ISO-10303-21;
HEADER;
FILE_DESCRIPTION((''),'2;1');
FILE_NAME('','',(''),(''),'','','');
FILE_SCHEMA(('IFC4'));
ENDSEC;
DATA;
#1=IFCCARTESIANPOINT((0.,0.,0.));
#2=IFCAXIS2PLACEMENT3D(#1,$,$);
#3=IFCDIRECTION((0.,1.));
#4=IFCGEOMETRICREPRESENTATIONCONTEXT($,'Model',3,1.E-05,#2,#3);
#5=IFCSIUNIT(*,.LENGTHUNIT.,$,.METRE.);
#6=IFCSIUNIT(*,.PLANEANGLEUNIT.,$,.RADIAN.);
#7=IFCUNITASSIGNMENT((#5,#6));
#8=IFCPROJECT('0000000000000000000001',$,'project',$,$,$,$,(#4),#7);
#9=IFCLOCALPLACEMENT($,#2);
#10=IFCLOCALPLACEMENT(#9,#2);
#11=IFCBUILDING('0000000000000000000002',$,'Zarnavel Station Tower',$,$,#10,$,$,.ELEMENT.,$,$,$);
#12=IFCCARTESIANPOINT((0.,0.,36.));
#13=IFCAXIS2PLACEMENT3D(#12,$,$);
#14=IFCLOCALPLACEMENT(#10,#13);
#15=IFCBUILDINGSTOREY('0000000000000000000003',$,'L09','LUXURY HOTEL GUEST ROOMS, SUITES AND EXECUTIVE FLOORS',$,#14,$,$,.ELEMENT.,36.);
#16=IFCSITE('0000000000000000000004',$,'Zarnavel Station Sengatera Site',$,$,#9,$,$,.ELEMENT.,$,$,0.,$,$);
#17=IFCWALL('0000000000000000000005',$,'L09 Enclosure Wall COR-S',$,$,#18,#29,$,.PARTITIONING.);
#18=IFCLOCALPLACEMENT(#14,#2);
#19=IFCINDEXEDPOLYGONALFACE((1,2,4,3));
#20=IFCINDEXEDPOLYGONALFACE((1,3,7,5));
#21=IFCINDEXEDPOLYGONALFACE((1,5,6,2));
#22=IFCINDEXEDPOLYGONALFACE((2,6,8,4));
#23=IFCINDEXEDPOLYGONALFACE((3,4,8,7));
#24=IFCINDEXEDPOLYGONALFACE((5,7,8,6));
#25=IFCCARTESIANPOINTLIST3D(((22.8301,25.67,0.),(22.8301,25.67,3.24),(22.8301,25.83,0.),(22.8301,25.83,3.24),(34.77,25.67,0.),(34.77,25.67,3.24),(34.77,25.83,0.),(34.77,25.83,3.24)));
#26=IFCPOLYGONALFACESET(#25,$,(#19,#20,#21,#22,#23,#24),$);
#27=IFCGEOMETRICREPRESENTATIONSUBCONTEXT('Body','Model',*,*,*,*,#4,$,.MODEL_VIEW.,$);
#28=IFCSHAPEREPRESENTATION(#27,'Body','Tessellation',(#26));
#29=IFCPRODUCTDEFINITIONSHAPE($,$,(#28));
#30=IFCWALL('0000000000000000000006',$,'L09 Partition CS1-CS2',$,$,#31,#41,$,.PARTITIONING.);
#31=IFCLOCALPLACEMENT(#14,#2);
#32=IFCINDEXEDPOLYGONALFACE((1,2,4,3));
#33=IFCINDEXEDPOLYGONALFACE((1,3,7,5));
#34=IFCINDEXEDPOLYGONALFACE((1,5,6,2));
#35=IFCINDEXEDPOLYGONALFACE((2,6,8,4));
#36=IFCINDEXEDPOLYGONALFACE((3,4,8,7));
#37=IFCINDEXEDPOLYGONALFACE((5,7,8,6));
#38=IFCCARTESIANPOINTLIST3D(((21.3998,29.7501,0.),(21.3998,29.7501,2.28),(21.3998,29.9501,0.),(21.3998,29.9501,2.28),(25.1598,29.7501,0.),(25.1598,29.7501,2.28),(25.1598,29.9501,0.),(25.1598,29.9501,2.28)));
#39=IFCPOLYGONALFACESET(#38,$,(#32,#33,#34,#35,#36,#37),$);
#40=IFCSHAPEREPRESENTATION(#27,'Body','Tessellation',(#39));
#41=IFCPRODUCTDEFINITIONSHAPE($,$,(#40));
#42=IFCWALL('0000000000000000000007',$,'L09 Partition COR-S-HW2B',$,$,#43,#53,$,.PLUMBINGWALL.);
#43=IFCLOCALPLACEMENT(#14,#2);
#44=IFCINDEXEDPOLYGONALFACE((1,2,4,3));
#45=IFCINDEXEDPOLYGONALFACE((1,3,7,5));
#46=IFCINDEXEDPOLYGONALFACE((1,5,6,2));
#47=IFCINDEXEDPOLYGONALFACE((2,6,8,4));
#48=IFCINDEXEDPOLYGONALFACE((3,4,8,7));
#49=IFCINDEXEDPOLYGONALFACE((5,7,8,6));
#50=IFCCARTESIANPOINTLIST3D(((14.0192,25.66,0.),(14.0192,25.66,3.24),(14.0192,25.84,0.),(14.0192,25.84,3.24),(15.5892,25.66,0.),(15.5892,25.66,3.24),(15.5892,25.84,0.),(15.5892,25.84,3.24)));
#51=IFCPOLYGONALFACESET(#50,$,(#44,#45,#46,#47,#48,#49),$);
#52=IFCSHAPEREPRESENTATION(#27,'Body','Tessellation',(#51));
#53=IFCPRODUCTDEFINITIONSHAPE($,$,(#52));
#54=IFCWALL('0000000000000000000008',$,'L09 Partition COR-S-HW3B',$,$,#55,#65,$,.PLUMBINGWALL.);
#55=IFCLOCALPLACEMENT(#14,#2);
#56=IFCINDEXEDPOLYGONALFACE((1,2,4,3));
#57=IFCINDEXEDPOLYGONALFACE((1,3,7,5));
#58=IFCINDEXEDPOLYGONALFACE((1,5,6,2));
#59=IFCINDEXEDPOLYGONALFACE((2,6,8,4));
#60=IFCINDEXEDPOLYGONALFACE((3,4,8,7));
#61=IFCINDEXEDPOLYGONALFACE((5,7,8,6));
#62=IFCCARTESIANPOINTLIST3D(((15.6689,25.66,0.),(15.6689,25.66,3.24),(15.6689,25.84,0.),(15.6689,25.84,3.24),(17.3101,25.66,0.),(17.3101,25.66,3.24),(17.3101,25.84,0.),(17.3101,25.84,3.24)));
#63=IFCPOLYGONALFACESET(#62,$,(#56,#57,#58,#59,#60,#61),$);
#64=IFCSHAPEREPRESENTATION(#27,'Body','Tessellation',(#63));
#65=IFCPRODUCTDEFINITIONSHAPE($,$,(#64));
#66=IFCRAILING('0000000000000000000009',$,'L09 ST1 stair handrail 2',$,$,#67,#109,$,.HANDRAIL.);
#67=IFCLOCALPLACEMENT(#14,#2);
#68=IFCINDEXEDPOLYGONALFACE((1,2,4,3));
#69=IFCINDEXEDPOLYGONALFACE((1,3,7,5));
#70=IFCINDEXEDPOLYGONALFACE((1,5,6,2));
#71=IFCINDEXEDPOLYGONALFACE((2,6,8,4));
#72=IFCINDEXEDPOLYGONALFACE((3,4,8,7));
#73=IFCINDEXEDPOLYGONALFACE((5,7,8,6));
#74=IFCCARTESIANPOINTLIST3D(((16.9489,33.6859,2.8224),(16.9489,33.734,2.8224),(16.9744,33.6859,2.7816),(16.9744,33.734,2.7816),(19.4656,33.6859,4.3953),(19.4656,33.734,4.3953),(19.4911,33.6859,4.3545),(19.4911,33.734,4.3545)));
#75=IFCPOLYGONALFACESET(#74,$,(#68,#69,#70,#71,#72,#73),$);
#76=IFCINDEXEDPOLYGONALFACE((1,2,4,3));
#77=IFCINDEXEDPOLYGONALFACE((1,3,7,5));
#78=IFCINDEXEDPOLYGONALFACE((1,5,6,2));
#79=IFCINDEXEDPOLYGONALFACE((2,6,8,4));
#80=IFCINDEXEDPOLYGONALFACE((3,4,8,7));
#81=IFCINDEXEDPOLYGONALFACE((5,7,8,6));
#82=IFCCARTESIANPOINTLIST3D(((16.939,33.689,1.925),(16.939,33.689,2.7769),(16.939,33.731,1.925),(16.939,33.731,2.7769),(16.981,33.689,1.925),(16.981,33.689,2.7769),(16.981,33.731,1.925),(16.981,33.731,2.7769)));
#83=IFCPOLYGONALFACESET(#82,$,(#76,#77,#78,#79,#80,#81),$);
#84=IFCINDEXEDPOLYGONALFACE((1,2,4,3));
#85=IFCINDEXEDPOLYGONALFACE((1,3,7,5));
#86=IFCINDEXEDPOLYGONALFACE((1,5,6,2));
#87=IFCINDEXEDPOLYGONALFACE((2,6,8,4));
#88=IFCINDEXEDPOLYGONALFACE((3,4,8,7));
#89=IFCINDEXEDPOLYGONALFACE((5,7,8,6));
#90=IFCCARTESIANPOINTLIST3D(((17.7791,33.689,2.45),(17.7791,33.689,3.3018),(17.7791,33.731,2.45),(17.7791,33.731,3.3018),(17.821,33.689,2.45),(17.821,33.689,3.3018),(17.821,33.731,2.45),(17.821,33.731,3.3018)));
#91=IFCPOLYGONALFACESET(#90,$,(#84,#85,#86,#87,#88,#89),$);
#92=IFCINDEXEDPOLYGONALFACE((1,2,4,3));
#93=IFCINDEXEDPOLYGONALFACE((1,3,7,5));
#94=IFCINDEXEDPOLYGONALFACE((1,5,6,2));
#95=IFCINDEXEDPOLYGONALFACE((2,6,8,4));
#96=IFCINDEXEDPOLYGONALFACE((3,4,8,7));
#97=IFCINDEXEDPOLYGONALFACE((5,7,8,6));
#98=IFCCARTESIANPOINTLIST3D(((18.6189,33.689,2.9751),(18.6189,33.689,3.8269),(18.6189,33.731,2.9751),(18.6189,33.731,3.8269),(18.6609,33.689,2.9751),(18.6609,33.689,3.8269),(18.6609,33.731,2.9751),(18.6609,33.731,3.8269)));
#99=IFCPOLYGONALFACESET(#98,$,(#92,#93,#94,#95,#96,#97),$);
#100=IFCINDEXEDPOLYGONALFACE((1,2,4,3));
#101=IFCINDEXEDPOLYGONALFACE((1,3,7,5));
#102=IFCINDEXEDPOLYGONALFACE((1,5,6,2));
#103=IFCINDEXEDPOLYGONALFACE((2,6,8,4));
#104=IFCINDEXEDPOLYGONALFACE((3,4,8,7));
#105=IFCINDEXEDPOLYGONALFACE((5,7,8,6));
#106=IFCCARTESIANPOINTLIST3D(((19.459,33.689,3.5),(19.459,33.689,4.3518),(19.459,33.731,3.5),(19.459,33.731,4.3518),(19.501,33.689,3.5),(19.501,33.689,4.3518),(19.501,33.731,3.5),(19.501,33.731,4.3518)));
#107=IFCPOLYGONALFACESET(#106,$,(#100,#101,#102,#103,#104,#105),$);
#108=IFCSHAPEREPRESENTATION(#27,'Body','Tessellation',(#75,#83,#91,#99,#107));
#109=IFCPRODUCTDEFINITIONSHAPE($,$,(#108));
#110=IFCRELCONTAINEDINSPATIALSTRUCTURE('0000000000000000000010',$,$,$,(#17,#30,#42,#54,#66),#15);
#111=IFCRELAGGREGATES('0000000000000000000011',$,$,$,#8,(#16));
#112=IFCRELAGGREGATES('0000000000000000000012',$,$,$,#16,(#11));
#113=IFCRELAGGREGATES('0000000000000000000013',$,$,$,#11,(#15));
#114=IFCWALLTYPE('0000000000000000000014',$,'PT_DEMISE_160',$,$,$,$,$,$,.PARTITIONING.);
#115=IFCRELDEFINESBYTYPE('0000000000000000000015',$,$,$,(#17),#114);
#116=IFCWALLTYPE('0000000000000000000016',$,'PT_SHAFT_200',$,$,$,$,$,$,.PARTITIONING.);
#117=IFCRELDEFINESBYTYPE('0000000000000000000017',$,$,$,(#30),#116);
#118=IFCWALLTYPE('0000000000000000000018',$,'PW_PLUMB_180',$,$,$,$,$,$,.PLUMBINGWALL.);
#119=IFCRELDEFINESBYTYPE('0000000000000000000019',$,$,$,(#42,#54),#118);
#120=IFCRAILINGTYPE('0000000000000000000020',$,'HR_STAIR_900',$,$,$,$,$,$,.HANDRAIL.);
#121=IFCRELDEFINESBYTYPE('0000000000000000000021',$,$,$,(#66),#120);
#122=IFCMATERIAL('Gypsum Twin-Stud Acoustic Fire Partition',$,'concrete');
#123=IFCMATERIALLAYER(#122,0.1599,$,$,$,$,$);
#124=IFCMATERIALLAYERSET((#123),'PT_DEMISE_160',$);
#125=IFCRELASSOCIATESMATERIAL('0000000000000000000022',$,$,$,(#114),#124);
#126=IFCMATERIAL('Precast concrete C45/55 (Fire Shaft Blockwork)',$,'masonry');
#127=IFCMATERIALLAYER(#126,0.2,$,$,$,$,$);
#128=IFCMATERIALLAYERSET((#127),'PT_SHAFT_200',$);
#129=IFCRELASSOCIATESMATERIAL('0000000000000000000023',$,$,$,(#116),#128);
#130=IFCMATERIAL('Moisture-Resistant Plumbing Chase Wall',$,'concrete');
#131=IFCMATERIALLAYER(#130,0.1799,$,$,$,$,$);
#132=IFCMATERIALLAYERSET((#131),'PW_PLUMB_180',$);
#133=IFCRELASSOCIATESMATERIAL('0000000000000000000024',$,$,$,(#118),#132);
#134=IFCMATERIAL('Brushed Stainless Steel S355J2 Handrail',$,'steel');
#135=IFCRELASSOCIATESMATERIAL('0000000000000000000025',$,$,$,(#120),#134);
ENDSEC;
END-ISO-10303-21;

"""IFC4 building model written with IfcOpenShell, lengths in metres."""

from ifc_helpers import new_model, si_unit, direction, frame, frame_2d, origin, origin_2d, place, context, subcontext, project, spatial, rectangle, extrude, material, layer, layer_set, type_object, element, save


model = new_model("IFC4")

# Units and contexts
model_context = context("Model", 3, precision=1e-05, world=origin(), true_north=direction((0.0, 1.0)))
body_context = subcontext(model_context, "Body", "Model", "MODEL_VIEW")
ifc_project = project(units=[si_unit("LENGTHUNIT", "METRE"), si_unit("PLANEANGLEUNIT", "RADIAN")], contexts=[model_context])

# Site, building, storey
site_placement = place(None, origin())
site = spatial("IfcSite", under=ifc_project, at=site_placement, Name="Zarnavel Station Sengatera Site", CompositionType="ELEMENT", RefElevation=0.0)
building_placement = place(site_placement, origin())
building = spatial("IfcBuilding", under=site, at=building_placement, Name="Zarnavel Station Tower", CompositionType="ELEMENT")
storey_placement = place(building_placement, frame((0.0, 0.0, 36.0)))
storey = spatial("IfcBuildingStorey", under=building, at=storey_placement, Name="L09", Description="LUXURY HOTEL GUEST ROOMS, SUITES AND EXECUTIVE FLOORS", CompositionType="ELEMENT", Elevation=36.0)

# Shared definitions
ifc_material_1 = material(Name="Gypsum Twin-Stud Acoustic Fire Partition", Category="concrete")
ifc_layer_1 = layer(ifc_material_1, 0.1599)
ifc_layer_set_1 = layer_set([ifc_layer_1], Name="PT_DEMISE_160")
wall_type_1 = type_object("IfcWallType", Name="PT_DEMISE_160", PredefinedType="PARTITIONING", material=ifc_layer_set_1)

# Wall
wall_1_placement = place(storey_placement, frame((22.8301, 25.75, 0.0), z_axis=(0.0, 0.0, 1.0), x_axis=(1.0, 0.0, 0.0)))
element("IfcWall", 1, at=wall_1_placement, inside=storey, type_object=wall_type_1, Name="L09 Enclosure Wall COR-S", PredefinedType="PARTITIONING", context=body_context, shape_type="SweptSolid", body=[
    extrude(rectangle(XDim=11.9399, YDim=0.1599, at=frame_2d((5.97, 0.0))), origin(), (0.0, 0.0, 1.0), 3.24),
])

# Shared definitions
ifc_material_2 = material(Name="Precast concrete C45/55 (Fire Shaft Blockwork)", Category="masonry")
ifc_layer_2 = layer(ifc_material_2, 0.2)
ifc_layer_set_2 = layer_set([ifc_layer_2], Name="PT_SHAFT_200")
wall_type_2 = type_object("IfcWallType", Name="PT_SHAFT_200", PredefinedType="PARTITIONING", material=ifc_layer_set_2)

# Walls
wall_2_placement = place(storey_placement, frame((21.3999, 29.8501, 0.0), z_axis=(0.0, 0.0, 1.0), x_axis=(1.0, 0.0, 0.0)))
element("IfcWall", 2, at=wall_2_placement, inside=storey, type_object=wall_type_2, Name="L09 Partition CS1-CS2", PredefinedType="PARTITIONING", context=body_context, shape_type="SweptSolid", body=[
    extrude(rectangle(XDim=3.76, YDim=0.2, at=frame_2d((1.8799, 0.0))), origin(), (0.0, 0.0, 1.0), 2.28),
])
ifc_material_3 = material(Name="Moisture-Resistant Plumbing Chase Wall", Category="concrete")
ifc_layer_3 = layer(ifc_material_3, 0.1799)
ifc_layer_set_3 = layer_set([ifc_layer_3], Name="PW_PLUMB_180")
wall_type_3 = type_object("IfcWallType", Name="PW_PLUMB_180", PredefinedType="PLUMBINGWALL", material=ifc_layer_set_3)
wall_3_placement = place(storey_placement, frame((14.019, 25.75, 0.0), z_axis=(0.0, 0.0, 1.0), x_axis=(1.0, 0.0, 0.0)))
element("IfcWall", 3, at=wall_3_placement, inside=storey, type_object=wall_type_3, Name="L09 Partition COR-S-HW2B", PredefinedType="PLUMBINGWALL", context=body_context, shape_type="SweptSolid", body=[
    extrude(rectangle(XDim=1.5701, YDim=0.1799, at=frame_2d((0.7852, 0.0))), origin(), (0.0, 0.0, 1.0), 3.24),
])
wall_4_placement = place(storey_placement, frame((15.6689, 25.75, 0.0), z_axis=(0.0, 0.0, 1.0), x_axis=(1.0, 0.0, 0.0)))
element("IfcWall", 4, at=wall_4_placement, inside=storey, type_object=wall_type_3, Name="L09 Partition COR-S-HW3B", PredefinedType="PLUMBINGWALL", context=body_context, shape_type="SweptSolid", body=[
    extrude(rectangle(XDim=1.6411, YDim=0.1799, at=frame_2d((0.8206, 0.0))), origin(), (0.0, 0.0, 1.0), 3.24),
])

# Railing
ifc_material_4 = material(Name="Brushed Stainless Steel S355J2 Handrail", Category="steel")
railing_type = type_object("IfcRailingType", Name="HR_STAIR_900", PredefinedType="HANDRAIL", material=ifc_material_4)
railing_placement = place(storey_placement, frame((16.96, 33.71, 1.925)))
element("IfcRailing", 5, at=railing_placement, inside=storey, type_object=railing_type, Name="L09 ST1 stair handrail 2", PredefinedType="HANDRAIL", context=body_context, shape_type="SweptSolid", body=[
    extrude(rectangle(XDim=0.0481, YDim=0.0481, at=origin_2d()), frame((0.0017, 0.0, 0.877), z_axis=(0.848008, 0.0, 0.529984), x_axis=(0.0, 1.0, 0.0)), (0.0, 0.0, 1.0), 2.9678),
    extrude(rectangle(XDim=0.042, YDim=0.042, at=origin_2d()), origin(), (0.0, 0.0, 1.0), 0.8518),
    extrude(rectangle(XDim=0.042, YDim=0.042, at=origin_2d()), frame((0.8401, 0.0, 0.5249)), (0.0, 0.0, 1.0), 0.8518),
    extrude(rectangle(XDim=0.042, YDim=0.042, at=origin_2d()), frame((1.6799, 0.0, 1.05)), (0.0, 0.0, 1.0), 0.8518),
    extrude(rectangle(XDim=0.042, YDim=0.042, at=origin_2d()), frame((2.52, 0.0, 1.575)), (0.0, 0.0, 1.0), 0.8518),
])

save(model, "model.ifc")
